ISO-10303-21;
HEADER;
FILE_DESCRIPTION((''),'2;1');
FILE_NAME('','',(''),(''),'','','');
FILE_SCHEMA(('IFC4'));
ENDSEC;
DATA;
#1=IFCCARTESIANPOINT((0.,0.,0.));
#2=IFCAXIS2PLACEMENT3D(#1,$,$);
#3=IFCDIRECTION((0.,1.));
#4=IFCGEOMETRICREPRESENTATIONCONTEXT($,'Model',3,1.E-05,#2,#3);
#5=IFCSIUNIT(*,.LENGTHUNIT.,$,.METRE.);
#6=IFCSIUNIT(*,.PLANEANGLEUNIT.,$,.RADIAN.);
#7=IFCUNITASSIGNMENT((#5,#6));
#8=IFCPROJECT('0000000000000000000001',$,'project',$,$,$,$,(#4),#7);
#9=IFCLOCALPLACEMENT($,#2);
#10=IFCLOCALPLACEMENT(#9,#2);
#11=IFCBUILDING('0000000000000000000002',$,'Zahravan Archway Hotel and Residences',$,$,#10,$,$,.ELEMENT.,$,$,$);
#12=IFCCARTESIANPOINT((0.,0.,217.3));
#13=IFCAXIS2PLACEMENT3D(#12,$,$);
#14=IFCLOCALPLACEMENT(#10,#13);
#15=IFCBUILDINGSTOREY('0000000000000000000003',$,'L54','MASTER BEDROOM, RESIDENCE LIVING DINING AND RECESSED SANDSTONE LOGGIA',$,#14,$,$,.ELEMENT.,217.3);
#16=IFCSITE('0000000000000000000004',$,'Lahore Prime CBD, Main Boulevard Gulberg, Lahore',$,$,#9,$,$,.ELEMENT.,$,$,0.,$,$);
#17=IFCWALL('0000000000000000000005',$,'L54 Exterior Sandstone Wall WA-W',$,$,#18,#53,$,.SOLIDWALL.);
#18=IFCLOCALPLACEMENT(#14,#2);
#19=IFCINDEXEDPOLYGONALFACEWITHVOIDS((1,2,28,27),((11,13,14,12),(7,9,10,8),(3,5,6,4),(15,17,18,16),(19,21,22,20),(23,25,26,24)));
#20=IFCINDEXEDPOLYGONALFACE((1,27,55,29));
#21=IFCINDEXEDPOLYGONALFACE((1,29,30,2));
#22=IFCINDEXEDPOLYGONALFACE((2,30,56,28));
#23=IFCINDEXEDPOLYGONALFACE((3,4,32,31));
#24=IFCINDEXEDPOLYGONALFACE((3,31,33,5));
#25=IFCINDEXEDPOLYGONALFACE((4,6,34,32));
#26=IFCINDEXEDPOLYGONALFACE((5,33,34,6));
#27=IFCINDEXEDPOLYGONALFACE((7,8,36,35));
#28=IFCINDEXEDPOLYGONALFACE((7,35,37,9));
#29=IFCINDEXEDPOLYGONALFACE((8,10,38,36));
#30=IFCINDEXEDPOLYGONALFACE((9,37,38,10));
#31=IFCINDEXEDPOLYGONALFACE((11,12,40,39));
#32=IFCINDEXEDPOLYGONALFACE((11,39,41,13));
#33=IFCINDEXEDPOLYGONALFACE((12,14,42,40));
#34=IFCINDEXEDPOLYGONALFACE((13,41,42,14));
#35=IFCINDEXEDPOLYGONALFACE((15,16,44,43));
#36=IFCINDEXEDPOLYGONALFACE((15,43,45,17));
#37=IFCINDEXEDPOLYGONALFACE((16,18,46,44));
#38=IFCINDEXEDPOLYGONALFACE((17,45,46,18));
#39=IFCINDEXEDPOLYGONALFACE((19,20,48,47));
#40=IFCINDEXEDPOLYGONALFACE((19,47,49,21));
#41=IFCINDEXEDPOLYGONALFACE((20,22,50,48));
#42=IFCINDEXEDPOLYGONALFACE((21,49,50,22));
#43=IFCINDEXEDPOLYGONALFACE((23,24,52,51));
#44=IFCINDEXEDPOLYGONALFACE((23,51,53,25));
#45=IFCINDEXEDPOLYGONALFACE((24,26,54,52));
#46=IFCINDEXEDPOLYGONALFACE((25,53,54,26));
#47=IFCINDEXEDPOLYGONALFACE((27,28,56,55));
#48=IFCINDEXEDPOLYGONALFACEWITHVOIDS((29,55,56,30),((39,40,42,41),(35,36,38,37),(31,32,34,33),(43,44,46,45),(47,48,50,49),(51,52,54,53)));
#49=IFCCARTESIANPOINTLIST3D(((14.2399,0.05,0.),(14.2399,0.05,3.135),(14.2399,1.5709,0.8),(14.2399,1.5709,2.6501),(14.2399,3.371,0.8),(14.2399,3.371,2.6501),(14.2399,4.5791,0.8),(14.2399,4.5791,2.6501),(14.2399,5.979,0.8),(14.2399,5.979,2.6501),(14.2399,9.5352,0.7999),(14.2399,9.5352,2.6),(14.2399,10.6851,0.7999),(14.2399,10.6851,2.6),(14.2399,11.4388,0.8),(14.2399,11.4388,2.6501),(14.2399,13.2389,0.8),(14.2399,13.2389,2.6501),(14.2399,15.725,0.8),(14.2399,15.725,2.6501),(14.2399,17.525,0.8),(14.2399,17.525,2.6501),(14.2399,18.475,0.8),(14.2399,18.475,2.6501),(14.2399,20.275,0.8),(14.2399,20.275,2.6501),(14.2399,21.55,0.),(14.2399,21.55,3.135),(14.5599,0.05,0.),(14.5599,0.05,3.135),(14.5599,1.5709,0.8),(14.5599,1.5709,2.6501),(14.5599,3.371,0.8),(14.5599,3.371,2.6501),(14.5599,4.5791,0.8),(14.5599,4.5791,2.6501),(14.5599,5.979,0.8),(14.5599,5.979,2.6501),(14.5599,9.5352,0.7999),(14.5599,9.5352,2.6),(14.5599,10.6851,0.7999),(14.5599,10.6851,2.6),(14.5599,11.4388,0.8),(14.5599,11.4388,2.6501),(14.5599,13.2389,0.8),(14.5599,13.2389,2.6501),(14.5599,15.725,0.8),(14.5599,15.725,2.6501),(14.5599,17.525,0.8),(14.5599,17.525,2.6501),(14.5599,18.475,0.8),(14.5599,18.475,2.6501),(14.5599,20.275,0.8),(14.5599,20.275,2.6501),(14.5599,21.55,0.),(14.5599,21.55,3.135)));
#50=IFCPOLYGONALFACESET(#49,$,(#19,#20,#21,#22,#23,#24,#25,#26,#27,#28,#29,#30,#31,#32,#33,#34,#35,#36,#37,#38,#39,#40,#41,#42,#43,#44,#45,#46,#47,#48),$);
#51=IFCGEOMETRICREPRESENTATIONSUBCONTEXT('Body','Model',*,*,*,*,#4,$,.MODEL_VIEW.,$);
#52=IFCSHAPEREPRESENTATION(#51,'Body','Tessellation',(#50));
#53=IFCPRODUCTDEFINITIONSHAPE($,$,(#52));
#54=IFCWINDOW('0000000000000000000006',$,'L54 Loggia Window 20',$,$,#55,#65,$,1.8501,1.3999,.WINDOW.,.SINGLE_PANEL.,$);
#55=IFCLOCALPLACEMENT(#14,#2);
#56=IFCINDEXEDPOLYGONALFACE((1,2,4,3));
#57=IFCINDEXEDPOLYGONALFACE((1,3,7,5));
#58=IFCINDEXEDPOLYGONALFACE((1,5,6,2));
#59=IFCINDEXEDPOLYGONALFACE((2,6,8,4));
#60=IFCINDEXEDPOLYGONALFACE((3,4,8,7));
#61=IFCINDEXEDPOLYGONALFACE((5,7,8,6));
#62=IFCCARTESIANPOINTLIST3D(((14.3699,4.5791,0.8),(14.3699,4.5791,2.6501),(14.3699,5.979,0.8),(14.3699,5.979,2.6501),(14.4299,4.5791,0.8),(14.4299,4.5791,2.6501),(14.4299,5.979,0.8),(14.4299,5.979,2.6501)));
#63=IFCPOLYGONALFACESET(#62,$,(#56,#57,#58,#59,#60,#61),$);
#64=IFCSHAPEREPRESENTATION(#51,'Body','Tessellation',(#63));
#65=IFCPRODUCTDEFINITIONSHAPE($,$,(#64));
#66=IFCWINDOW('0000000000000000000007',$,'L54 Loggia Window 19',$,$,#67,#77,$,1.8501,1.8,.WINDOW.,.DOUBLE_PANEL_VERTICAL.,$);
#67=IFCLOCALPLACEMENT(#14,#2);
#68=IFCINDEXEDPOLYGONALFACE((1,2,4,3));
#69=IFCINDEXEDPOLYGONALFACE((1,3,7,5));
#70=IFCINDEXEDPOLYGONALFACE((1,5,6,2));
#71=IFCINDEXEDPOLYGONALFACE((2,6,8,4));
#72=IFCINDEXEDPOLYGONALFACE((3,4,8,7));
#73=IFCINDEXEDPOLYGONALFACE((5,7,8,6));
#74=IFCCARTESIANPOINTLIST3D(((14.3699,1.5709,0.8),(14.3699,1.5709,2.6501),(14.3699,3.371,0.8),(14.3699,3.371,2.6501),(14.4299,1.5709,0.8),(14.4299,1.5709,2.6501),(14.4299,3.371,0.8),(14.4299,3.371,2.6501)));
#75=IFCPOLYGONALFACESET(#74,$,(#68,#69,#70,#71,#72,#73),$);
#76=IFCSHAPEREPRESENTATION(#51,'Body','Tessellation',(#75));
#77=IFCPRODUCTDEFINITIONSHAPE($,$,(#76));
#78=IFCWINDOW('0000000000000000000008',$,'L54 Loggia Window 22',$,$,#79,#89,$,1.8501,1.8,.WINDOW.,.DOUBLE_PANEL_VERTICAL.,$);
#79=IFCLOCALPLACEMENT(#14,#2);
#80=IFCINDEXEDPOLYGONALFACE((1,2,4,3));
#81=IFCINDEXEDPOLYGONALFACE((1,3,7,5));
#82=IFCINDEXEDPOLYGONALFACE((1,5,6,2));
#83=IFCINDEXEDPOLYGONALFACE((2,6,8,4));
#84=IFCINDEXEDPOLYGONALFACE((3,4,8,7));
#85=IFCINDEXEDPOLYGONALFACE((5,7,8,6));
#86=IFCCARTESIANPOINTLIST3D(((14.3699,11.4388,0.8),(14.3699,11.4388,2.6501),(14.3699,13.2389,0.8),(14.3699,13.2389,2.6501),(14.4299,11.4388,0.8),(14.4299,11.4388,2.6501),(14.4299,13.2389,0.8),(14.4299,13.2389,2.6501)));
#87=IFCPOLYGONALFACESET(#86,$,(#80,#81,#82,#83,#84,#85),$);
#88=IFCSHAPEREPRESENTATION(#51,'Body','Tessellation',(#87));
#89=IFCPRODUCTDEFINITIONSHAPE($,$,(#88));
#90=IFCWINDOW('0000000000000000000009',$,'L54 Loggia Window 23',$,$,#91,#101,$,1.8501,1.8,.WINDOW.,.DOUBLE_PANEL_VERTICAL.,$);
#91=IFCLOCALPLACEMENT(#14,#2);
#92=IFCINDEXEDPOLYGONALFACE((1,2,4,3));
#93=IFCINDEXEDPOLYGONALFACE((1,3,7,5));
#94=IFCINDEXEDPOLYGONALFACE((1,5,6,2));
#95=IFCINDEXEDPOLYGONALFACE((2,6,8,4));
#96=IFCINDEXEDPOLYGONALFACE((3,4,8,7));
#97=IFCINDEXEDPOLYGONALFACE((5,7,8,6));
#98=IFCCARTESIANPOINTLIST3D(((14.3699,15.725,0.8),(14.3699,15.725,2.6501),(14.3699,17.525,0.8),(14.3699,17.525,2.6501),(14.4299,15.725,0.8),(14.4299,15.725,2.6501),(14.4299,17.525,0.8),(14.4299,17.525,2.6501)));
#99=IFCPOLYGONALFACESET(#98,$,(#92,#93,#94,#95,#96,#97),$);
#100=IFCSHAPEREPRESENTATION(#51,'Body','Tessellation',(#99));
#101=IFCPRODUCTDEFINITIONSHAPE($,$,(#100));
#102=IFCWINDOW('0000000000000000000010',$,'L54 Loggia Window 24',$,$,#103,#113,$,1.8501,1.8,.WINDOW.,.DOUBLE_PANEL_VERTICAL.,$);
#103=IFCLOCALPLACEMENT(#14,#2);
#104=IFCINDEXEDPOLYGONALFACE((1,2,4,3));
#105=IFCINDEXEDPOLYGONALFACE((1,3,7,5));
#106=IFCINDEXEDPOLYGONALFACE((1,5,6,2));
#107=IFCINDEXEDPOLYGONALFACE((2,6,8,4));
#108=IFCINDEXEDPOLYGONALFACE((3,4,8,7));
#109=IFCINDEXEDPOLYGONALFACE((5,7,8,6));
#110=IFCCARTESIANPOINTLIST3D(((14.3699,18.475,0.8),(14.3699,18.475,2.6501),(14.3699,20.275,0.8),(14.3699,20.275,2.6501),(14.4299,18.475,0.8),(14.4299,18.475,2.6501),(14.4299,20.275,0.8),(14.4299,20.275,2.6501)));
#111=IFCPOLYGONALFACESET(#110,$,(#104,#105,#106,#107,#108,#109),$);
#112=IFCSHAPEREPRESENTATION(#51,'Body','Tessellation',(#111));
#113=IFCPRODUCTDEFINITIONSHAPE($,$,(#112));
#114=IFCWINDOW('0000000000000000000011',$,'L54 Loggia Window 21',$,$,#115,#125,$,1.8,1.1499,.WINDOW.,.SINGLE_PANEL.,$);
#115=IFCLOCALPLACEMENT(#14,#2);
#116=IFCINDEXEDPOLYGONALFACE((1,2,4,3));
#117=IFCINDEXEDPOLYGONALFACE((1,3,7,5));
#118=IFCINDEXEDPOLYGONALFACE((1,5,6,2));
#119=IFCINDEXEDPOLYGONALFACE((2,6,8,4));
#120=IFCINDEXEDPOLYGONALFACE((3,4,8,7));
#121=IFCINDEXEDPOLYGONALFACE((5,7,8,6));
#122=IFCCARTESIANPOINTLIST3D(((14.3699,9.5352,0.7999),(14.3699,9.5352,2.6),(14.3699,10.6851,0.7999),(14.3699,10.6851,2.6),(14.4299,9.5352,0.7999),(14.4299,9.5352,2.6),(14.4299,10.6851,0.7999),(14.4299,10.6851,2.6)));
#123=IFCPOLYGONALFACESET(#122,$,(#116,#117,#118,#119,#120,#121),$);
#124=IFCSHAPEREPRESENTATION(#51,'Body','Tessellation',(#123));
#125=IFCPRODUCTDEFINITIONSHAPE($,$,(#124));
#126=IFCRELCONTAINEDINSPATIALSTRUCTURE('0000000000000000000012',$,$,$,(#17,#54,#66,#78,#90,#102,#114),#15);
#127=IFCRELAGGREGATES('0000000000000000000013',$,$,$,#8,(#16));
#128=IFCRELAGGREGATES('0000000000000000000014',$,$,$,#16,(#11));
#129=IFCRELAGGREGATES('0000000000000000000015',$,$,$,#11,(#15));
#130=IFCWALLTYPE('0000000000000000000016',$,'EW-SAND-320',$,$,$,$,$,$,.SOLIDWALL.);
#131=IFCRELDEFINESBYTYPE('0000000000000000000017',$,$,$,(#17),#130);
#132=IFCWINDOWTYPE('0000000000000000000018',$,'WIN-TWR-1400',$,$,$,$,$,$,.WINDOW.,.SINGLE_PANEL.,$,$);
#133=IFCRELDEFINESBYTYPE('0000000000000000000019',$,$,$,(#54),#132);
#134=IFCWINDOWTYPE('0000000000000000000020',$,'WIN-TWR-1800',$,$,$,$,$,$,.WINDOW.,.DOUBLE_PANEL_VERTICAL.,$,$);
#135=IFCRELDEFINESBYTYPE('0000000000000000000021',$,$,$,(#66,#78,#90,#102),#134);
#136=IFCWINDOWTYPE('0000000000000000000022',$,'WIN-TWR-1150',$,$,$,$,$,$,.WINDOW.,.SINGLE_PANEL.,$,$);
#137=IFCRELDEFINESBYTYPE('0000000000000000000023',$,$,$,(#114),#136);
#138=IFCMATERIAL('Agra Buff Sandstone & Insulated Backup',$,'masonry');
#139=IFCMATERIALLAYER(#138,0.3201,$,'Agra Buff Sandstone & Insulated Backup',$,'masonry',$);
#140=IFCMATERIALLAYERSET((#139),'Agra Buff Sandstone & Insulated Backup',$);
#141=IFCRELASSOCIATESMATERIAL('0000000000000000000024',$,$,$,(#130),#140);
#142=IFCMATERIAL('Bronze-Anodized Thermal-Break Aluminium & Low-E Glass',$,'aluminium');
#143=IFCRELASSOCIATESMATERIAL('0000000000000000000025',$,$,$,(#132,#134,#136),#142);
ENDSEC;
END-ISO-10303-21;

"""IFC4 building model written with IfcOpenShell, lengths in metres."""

from ifc_helpers import new_model, si_unit, direction, frame, frame_2d, origin, place, context, subcontext, project, spatial, rectangle, extrude, source, transform, mapped, material, layer, layer_set, type_object, type_shapes, element, fill, save


model = new_model("IFC4")

# Units and contexts
model_context = context("Model", 3, precision=1e-05, world=origin(), true_north=direction((0.0, 1.0)))
body_context = subcontext(model_context, "Body", "Model", "MODEL_VIEW")
ifc_project = project(units=[si_unit("LENGTHUNIT", "METRE"), si_unit("PLANEANGLEUNIT", "RADIAN")], contexts=[model_context])

# Site, building, storey
site_placement = place(None, origin())
site = spatial("IfcSite", under=ifc_project, at=site_placement, Name="Lahore Prime CBD, Main Boulevard Gulberg, Lahore", CompositionType="ELEMENT", RefElevation=0.0)
building_placement = place(site_placement, origin())
building = spatial("IfcBuilding", under=site, at=building_placement, Name="Zahravan Archway Hotel and Residences", CompositionType="ELEMENT")
storey_placement = place(building_placement, frame((0.0, 0.0, 217.3)))
storey = spatial("IfcBuildingStorey", under=building, at=storey_placement, Name="L54", Description="MASTER BEDROOM, RESIDENCE LIVING DINING AND RECESSED SANDSTONE LOGGIA", CompositionType="ELEMENT", Elevation=217.3)

# Shared definitions
ifc_material_1 = material(Name="Agra Buff Sandstone & Insulated Backup", Category="masonry")
ifc_layer = layer(ifc_material_1, 0.3201, Name="Agra Buff Sandstone & Insulated Backup", Category="masonry")
ifc_layer_set = layer_set([ifc_layer], Name="Agra Buff Sandstone & Insulated Backup")
wall_type = type_object("IfcWallType", Name="EW-SAND-320", PredefinedType="SOLIDWALL", material=ifc_layer_set)
ifc_material_2 = material(Name="Bronze-Anodized Thermal-Break Aluminium & Low-E Glass", Category="aluminium")
window_type_1 = type_object("IfcWindowType", Name="WIN-TWR-1400", PartitioningType="SINGLE_PANEL", PredefinedType="WINDOW", material=ifc_material_2)
shared_shape_1 = source(origin(), body_context, "Body", "SweptSolid", [
    extrude(rectangle(XDim=1.3999, YDim=1.8501, at=frame_2d((0.7, 0.925))), frame((0.0, 0.03, 0.0), z_axis=(0.0, -1.0, 0.0), x_axis=(1.0, 0.0, 0.0)), (0.0, 0.0, 1.0), 0.0601),
])
type_shapes(window_type_1, [shared_shape_1])
window_type_2 = type_object("IfcWindowType", Name="WIN-TWR-1800", PartitioningType="DOUBLE_PANEL_VERTICAL", PredefinedType="WINDOW", material=ifc_material_2)
shared_shape_2 = source(origin(), body_context, "Body", "SweptSolid", [
    extrude(rectangle(XDim=1.8, YDim=1.8501, at=frame_2d((0.8999, 0.925))), frame((0.0, 0.03, 0.0), z_axis=(0.0, -1.0, 0.0), x_axis=(1.0, 0.0, 0.0)), (0.0, 0.0, 1.0), 0.0601),
])
type_shapes(window_type_2, [shared_shape_2])

# Wall, openings, windows
wall_1_placement = place(storey_placement, frame((14.3999, 0.05, 0.0), z_axis=(0.0, 0.0, 1.0), x_axis=(0.0, 1.0, 0.0)))
wall_1 = element("IfcWall", 1, at=wall_1_placement, inside=storey, type_object=wall_type, Name="L54 Exterior Sandstone Wall WA-W", PredefinedType="SOLIDWALL", context=body_context, shape_type="SweptSolid", body=[
    extrude(rectangle(XDim=21.5, YDim=0.3201, at=frame_2d((10.75, 0.0))), origin(), (0.0, 0.0, 1.0), 3.135),
])
opening_1_placement = place(wall_1_placement, frame((1.521, 0.0, 0.8)))
opening_1 = element("IfcOpeningElement", 2, at=opening_1_placement, cuts=wall_1, PredefinedType="OPENING", context=body_context, shape_type="SweptSolid", body=[
    extrude(rectangle(XDim=1.8, YDim=1.8501, at=frame_2d((0.8999, 0.925))), frame((0.0, 0.1699, 0.0), z_axis=(0.0, -1.0, 0.0), x_axis=(1.0, 0.0, 0.0)), (0.0, 0.0, 1.0), 0.3401),
])
opening_2_placement = place(wall_1_placement, frame((4.5291, 0.0, 0.8)))
opening_2 = element("IfcOpeningElement", 3, at=opening_2_placement, cuts=wall_1, PredefinedType="OPENING", context=body_context, shape_type="SweptSolid", body=[
    extrude(rectangle(XDim=1.3999, YDim=1.8501, at=frame_2d((0.7, 0.925))), frame((0.0, 0.1699, 0.0), z_axis=(0.0, -1.0, 0.0), x_axis=(1.0, 0.0, 0.0)), (0.0, 0.0, 1.0), 0.3401),
])
opening_3_placement = place(wall_1_placement, frame((9.4851, 0.0, 0.8)))
opening_3 = element("IfcOpeningElement", 4, at=opening_3_placement, cuts=wall_1, PredefinedType="OPENING", context=body_context, shape_type="SweptSolid", body=[
    extrude(rectangle(XDim=1.1499, YDim=1.8, at=frame_2d((0.575, 0.8999))), frame((0.0, 0.1699, 0.0), z_axis=(0.0, -1.0, 0.0), x_axis=(1.0, 0.0, 0.0)), (0.0, 0.0, 1.0), 0.3401),
])
opening_4_placement = place(wall_1_placement, frame((11.3889, 0.0, 0.8)))
opening_4 = element("IfcOpeningElement", 5, at=opening_4_placement, cuts=wall_1, PredefinedType="OPENING", context=body_context, shape_type="SweptSolid", body=[
    extrude(rectangle(XDim=1.8, YDim=1.8501, at=frame_2d((0.8999, 0.925))), frame((0.0, 0.1699, 0.0), z_axis=(0.0, -1.0, 0.0), x_axis=(1.0, 0.0, 0.0)), (0.0, 0.0, 1.0), 0.3401),
])
opening_5_placement = place(wall_1_placement, frame((15.675, 0.0, 0.8)))
opening_5 = element("IfcOpeningElement", 6, at=opening_5_placement, cuts=wall_1, PredefinedType="OPENING", context=body_context, shape_type="SweptSolid", body=[
    extrude(rectangle(XDim=1.8, YDim=1.8501, at=frame_2d((0.8999, 0.925))), frame((0.0, 0.1699, 0.0), z_axis=(0.0, -1.0, 0.0), x_axis=(1.0, 0.0, 0.0)), (0.0, 0.0, 1.0), 0.3401),
])
opening_6_placement = place(wall_1_placement, frame((18.425, 0.0, 0.8)))
opening_6 = element("IfcOpeningElement", 7, at=opening_6_placement, cuts=wall_1, PredefinedType="OPENING", context=body_context, shape_type="SweptSolid", body=[
    extrude(rectangle(XDim=1.8, YDim=1.8501, at=frame_2d((0.8999, 0.925))), frame((0.0, 0.1699, 0.0), z_axis=(0.0, -1.0, 0.0), x_axis=(1.0, 0.0, 0.0)), (0.0, 0.0, 1.0), 0.3401),
])
window_1_placement = place(opening_2_placement, origin())
window_1 = element("IfcWindow", 8, at=window_1_placement, inside=storey, type_object=window_type_1, Name="L54 Loggia Window 20", OverallHeight=1.8501, OverallWidth=1.3999, PartitioningType="SINGLE_PANEL", PredefinedType="WINDOW", context=body_context, shape_type="MappedRepresentation", body=[
    mapped(shared_shape_1, transform((0.0, 0.0, 0.0), scale=1.0)),
])
fill(opening_2, window_1)
window_2_placement = place(opening_1_placement, origin())
window_2 = element("IfcWindow", 9, at=window_2_placement, inside=storey, type_object=window_type_2, Name="L54 Loggia Window 19", OverallHeight=1.8501, OverallWidth=1.8, PartitioningType="DOUBLE_PANEL_VERTICAL", PredefinedType="WINDOW", context=body_context, shape_type="MappedRepresentation", body=[
    mapped(shared_shape_2, transform((0.0, 0.0, 0.0), scale=1.0)),
])
fill(opening_1, window_2)
window_3_placement = place(opening_4_placement, origin())
window_3 = element("IfcWindow", 10, at=window_3_placement, inside=storey, type_object=window_type_2, Name="L54 Loggia Window 22", OverallHeight=1.8501, OverallWidth=1.8, PartitioningType="DOUBLE_PANEL_VERTICAL", PredefinedType="WINDOW", context=body_context, shape_type="MappedRepresentation", body=[
    mapped(shared_shape_2, transform((0.0, 0.0, 0.0), scale=1.0)),
])
fill(opening_4, window_3)
window_4_placement = place(opening_5_placement, origin())
window_4 = element("IfcWindow", 11, at=window_4_placement, inside=storey, type_object=window_type_2, Name="L54 Loggia Window 23", OverallHeight=1.8501, OverallWidth=1.8, PartitioningType="DOUBLE_PANEL_VERTICAL", PredefinedType="WINDOW", context=body_context, shape_type="MappedRepresentation", body=[
    mapped(shared_shape_2, transform((0.0, 0.0, 0.0), scale=1.0)),
])
fill(opening_5, window_4)
window_5_placement = place(opening_6_placement, origin())
window_5 = element("IfcWindow", 12, at=window_5_placement, inside=storey, type_object=window_type_2, Name="L54 Loggia Window 24", OverallHeight=1.8501, OverallWidth=1.8, PartitioningType="DOUBLE_PANEL_VERTICAL", PredefinedType="WINDOW", context=body_context, shape_type="MappedRepresentation", body=[
    mapped(shared_shape_2, transform((0.0, 0.0, 0.0), scale=1.0)),
])
fill(opening_6, window_5)
window_type_3 = type_object("IfcWindowType", Name="WIN-TWR-1150", PartitioningType="SINGLE_PANEL", PredefinedType="WINDOW", material=ifc_material_2)
shared_shape_3 = source(origin(), body_context, "Body", "SweptSolid", [
    extrude(rectangle(XDim=1.1499, YDim=1.8, at=frame_2d((0.575, 0.8999))), frame((0.0, 0.03, 0.0), z_axis=(0.0, -1.0, 0.0), x_axis=(1.0, 0.0, 0.0)), (0.0, 0.0, 1.0), 0.0601),
])
type_shapes(window_type_3, [shared_shape_3])
window_6_placement = place(opening_3_placement, origin())
window_6 = element("IfcWindow", 13, at=window_6_placement, inside=storey, type_object=window_type_3, Name="L54 Loggia Window 21", OverallHeight=1.8, OverallWidth=1.1499, PartitioningType="SINGLE_PANEL", PredefinedType="WINDOW", context=body_context, shape_type="MappedRepresentation", body=[
    mapped(shared_shape_3, transform((0.0, 0.0, 0.0), scale=1.0)),
])
fill(opening_3, window_6)

save(model, "model.ifc")
